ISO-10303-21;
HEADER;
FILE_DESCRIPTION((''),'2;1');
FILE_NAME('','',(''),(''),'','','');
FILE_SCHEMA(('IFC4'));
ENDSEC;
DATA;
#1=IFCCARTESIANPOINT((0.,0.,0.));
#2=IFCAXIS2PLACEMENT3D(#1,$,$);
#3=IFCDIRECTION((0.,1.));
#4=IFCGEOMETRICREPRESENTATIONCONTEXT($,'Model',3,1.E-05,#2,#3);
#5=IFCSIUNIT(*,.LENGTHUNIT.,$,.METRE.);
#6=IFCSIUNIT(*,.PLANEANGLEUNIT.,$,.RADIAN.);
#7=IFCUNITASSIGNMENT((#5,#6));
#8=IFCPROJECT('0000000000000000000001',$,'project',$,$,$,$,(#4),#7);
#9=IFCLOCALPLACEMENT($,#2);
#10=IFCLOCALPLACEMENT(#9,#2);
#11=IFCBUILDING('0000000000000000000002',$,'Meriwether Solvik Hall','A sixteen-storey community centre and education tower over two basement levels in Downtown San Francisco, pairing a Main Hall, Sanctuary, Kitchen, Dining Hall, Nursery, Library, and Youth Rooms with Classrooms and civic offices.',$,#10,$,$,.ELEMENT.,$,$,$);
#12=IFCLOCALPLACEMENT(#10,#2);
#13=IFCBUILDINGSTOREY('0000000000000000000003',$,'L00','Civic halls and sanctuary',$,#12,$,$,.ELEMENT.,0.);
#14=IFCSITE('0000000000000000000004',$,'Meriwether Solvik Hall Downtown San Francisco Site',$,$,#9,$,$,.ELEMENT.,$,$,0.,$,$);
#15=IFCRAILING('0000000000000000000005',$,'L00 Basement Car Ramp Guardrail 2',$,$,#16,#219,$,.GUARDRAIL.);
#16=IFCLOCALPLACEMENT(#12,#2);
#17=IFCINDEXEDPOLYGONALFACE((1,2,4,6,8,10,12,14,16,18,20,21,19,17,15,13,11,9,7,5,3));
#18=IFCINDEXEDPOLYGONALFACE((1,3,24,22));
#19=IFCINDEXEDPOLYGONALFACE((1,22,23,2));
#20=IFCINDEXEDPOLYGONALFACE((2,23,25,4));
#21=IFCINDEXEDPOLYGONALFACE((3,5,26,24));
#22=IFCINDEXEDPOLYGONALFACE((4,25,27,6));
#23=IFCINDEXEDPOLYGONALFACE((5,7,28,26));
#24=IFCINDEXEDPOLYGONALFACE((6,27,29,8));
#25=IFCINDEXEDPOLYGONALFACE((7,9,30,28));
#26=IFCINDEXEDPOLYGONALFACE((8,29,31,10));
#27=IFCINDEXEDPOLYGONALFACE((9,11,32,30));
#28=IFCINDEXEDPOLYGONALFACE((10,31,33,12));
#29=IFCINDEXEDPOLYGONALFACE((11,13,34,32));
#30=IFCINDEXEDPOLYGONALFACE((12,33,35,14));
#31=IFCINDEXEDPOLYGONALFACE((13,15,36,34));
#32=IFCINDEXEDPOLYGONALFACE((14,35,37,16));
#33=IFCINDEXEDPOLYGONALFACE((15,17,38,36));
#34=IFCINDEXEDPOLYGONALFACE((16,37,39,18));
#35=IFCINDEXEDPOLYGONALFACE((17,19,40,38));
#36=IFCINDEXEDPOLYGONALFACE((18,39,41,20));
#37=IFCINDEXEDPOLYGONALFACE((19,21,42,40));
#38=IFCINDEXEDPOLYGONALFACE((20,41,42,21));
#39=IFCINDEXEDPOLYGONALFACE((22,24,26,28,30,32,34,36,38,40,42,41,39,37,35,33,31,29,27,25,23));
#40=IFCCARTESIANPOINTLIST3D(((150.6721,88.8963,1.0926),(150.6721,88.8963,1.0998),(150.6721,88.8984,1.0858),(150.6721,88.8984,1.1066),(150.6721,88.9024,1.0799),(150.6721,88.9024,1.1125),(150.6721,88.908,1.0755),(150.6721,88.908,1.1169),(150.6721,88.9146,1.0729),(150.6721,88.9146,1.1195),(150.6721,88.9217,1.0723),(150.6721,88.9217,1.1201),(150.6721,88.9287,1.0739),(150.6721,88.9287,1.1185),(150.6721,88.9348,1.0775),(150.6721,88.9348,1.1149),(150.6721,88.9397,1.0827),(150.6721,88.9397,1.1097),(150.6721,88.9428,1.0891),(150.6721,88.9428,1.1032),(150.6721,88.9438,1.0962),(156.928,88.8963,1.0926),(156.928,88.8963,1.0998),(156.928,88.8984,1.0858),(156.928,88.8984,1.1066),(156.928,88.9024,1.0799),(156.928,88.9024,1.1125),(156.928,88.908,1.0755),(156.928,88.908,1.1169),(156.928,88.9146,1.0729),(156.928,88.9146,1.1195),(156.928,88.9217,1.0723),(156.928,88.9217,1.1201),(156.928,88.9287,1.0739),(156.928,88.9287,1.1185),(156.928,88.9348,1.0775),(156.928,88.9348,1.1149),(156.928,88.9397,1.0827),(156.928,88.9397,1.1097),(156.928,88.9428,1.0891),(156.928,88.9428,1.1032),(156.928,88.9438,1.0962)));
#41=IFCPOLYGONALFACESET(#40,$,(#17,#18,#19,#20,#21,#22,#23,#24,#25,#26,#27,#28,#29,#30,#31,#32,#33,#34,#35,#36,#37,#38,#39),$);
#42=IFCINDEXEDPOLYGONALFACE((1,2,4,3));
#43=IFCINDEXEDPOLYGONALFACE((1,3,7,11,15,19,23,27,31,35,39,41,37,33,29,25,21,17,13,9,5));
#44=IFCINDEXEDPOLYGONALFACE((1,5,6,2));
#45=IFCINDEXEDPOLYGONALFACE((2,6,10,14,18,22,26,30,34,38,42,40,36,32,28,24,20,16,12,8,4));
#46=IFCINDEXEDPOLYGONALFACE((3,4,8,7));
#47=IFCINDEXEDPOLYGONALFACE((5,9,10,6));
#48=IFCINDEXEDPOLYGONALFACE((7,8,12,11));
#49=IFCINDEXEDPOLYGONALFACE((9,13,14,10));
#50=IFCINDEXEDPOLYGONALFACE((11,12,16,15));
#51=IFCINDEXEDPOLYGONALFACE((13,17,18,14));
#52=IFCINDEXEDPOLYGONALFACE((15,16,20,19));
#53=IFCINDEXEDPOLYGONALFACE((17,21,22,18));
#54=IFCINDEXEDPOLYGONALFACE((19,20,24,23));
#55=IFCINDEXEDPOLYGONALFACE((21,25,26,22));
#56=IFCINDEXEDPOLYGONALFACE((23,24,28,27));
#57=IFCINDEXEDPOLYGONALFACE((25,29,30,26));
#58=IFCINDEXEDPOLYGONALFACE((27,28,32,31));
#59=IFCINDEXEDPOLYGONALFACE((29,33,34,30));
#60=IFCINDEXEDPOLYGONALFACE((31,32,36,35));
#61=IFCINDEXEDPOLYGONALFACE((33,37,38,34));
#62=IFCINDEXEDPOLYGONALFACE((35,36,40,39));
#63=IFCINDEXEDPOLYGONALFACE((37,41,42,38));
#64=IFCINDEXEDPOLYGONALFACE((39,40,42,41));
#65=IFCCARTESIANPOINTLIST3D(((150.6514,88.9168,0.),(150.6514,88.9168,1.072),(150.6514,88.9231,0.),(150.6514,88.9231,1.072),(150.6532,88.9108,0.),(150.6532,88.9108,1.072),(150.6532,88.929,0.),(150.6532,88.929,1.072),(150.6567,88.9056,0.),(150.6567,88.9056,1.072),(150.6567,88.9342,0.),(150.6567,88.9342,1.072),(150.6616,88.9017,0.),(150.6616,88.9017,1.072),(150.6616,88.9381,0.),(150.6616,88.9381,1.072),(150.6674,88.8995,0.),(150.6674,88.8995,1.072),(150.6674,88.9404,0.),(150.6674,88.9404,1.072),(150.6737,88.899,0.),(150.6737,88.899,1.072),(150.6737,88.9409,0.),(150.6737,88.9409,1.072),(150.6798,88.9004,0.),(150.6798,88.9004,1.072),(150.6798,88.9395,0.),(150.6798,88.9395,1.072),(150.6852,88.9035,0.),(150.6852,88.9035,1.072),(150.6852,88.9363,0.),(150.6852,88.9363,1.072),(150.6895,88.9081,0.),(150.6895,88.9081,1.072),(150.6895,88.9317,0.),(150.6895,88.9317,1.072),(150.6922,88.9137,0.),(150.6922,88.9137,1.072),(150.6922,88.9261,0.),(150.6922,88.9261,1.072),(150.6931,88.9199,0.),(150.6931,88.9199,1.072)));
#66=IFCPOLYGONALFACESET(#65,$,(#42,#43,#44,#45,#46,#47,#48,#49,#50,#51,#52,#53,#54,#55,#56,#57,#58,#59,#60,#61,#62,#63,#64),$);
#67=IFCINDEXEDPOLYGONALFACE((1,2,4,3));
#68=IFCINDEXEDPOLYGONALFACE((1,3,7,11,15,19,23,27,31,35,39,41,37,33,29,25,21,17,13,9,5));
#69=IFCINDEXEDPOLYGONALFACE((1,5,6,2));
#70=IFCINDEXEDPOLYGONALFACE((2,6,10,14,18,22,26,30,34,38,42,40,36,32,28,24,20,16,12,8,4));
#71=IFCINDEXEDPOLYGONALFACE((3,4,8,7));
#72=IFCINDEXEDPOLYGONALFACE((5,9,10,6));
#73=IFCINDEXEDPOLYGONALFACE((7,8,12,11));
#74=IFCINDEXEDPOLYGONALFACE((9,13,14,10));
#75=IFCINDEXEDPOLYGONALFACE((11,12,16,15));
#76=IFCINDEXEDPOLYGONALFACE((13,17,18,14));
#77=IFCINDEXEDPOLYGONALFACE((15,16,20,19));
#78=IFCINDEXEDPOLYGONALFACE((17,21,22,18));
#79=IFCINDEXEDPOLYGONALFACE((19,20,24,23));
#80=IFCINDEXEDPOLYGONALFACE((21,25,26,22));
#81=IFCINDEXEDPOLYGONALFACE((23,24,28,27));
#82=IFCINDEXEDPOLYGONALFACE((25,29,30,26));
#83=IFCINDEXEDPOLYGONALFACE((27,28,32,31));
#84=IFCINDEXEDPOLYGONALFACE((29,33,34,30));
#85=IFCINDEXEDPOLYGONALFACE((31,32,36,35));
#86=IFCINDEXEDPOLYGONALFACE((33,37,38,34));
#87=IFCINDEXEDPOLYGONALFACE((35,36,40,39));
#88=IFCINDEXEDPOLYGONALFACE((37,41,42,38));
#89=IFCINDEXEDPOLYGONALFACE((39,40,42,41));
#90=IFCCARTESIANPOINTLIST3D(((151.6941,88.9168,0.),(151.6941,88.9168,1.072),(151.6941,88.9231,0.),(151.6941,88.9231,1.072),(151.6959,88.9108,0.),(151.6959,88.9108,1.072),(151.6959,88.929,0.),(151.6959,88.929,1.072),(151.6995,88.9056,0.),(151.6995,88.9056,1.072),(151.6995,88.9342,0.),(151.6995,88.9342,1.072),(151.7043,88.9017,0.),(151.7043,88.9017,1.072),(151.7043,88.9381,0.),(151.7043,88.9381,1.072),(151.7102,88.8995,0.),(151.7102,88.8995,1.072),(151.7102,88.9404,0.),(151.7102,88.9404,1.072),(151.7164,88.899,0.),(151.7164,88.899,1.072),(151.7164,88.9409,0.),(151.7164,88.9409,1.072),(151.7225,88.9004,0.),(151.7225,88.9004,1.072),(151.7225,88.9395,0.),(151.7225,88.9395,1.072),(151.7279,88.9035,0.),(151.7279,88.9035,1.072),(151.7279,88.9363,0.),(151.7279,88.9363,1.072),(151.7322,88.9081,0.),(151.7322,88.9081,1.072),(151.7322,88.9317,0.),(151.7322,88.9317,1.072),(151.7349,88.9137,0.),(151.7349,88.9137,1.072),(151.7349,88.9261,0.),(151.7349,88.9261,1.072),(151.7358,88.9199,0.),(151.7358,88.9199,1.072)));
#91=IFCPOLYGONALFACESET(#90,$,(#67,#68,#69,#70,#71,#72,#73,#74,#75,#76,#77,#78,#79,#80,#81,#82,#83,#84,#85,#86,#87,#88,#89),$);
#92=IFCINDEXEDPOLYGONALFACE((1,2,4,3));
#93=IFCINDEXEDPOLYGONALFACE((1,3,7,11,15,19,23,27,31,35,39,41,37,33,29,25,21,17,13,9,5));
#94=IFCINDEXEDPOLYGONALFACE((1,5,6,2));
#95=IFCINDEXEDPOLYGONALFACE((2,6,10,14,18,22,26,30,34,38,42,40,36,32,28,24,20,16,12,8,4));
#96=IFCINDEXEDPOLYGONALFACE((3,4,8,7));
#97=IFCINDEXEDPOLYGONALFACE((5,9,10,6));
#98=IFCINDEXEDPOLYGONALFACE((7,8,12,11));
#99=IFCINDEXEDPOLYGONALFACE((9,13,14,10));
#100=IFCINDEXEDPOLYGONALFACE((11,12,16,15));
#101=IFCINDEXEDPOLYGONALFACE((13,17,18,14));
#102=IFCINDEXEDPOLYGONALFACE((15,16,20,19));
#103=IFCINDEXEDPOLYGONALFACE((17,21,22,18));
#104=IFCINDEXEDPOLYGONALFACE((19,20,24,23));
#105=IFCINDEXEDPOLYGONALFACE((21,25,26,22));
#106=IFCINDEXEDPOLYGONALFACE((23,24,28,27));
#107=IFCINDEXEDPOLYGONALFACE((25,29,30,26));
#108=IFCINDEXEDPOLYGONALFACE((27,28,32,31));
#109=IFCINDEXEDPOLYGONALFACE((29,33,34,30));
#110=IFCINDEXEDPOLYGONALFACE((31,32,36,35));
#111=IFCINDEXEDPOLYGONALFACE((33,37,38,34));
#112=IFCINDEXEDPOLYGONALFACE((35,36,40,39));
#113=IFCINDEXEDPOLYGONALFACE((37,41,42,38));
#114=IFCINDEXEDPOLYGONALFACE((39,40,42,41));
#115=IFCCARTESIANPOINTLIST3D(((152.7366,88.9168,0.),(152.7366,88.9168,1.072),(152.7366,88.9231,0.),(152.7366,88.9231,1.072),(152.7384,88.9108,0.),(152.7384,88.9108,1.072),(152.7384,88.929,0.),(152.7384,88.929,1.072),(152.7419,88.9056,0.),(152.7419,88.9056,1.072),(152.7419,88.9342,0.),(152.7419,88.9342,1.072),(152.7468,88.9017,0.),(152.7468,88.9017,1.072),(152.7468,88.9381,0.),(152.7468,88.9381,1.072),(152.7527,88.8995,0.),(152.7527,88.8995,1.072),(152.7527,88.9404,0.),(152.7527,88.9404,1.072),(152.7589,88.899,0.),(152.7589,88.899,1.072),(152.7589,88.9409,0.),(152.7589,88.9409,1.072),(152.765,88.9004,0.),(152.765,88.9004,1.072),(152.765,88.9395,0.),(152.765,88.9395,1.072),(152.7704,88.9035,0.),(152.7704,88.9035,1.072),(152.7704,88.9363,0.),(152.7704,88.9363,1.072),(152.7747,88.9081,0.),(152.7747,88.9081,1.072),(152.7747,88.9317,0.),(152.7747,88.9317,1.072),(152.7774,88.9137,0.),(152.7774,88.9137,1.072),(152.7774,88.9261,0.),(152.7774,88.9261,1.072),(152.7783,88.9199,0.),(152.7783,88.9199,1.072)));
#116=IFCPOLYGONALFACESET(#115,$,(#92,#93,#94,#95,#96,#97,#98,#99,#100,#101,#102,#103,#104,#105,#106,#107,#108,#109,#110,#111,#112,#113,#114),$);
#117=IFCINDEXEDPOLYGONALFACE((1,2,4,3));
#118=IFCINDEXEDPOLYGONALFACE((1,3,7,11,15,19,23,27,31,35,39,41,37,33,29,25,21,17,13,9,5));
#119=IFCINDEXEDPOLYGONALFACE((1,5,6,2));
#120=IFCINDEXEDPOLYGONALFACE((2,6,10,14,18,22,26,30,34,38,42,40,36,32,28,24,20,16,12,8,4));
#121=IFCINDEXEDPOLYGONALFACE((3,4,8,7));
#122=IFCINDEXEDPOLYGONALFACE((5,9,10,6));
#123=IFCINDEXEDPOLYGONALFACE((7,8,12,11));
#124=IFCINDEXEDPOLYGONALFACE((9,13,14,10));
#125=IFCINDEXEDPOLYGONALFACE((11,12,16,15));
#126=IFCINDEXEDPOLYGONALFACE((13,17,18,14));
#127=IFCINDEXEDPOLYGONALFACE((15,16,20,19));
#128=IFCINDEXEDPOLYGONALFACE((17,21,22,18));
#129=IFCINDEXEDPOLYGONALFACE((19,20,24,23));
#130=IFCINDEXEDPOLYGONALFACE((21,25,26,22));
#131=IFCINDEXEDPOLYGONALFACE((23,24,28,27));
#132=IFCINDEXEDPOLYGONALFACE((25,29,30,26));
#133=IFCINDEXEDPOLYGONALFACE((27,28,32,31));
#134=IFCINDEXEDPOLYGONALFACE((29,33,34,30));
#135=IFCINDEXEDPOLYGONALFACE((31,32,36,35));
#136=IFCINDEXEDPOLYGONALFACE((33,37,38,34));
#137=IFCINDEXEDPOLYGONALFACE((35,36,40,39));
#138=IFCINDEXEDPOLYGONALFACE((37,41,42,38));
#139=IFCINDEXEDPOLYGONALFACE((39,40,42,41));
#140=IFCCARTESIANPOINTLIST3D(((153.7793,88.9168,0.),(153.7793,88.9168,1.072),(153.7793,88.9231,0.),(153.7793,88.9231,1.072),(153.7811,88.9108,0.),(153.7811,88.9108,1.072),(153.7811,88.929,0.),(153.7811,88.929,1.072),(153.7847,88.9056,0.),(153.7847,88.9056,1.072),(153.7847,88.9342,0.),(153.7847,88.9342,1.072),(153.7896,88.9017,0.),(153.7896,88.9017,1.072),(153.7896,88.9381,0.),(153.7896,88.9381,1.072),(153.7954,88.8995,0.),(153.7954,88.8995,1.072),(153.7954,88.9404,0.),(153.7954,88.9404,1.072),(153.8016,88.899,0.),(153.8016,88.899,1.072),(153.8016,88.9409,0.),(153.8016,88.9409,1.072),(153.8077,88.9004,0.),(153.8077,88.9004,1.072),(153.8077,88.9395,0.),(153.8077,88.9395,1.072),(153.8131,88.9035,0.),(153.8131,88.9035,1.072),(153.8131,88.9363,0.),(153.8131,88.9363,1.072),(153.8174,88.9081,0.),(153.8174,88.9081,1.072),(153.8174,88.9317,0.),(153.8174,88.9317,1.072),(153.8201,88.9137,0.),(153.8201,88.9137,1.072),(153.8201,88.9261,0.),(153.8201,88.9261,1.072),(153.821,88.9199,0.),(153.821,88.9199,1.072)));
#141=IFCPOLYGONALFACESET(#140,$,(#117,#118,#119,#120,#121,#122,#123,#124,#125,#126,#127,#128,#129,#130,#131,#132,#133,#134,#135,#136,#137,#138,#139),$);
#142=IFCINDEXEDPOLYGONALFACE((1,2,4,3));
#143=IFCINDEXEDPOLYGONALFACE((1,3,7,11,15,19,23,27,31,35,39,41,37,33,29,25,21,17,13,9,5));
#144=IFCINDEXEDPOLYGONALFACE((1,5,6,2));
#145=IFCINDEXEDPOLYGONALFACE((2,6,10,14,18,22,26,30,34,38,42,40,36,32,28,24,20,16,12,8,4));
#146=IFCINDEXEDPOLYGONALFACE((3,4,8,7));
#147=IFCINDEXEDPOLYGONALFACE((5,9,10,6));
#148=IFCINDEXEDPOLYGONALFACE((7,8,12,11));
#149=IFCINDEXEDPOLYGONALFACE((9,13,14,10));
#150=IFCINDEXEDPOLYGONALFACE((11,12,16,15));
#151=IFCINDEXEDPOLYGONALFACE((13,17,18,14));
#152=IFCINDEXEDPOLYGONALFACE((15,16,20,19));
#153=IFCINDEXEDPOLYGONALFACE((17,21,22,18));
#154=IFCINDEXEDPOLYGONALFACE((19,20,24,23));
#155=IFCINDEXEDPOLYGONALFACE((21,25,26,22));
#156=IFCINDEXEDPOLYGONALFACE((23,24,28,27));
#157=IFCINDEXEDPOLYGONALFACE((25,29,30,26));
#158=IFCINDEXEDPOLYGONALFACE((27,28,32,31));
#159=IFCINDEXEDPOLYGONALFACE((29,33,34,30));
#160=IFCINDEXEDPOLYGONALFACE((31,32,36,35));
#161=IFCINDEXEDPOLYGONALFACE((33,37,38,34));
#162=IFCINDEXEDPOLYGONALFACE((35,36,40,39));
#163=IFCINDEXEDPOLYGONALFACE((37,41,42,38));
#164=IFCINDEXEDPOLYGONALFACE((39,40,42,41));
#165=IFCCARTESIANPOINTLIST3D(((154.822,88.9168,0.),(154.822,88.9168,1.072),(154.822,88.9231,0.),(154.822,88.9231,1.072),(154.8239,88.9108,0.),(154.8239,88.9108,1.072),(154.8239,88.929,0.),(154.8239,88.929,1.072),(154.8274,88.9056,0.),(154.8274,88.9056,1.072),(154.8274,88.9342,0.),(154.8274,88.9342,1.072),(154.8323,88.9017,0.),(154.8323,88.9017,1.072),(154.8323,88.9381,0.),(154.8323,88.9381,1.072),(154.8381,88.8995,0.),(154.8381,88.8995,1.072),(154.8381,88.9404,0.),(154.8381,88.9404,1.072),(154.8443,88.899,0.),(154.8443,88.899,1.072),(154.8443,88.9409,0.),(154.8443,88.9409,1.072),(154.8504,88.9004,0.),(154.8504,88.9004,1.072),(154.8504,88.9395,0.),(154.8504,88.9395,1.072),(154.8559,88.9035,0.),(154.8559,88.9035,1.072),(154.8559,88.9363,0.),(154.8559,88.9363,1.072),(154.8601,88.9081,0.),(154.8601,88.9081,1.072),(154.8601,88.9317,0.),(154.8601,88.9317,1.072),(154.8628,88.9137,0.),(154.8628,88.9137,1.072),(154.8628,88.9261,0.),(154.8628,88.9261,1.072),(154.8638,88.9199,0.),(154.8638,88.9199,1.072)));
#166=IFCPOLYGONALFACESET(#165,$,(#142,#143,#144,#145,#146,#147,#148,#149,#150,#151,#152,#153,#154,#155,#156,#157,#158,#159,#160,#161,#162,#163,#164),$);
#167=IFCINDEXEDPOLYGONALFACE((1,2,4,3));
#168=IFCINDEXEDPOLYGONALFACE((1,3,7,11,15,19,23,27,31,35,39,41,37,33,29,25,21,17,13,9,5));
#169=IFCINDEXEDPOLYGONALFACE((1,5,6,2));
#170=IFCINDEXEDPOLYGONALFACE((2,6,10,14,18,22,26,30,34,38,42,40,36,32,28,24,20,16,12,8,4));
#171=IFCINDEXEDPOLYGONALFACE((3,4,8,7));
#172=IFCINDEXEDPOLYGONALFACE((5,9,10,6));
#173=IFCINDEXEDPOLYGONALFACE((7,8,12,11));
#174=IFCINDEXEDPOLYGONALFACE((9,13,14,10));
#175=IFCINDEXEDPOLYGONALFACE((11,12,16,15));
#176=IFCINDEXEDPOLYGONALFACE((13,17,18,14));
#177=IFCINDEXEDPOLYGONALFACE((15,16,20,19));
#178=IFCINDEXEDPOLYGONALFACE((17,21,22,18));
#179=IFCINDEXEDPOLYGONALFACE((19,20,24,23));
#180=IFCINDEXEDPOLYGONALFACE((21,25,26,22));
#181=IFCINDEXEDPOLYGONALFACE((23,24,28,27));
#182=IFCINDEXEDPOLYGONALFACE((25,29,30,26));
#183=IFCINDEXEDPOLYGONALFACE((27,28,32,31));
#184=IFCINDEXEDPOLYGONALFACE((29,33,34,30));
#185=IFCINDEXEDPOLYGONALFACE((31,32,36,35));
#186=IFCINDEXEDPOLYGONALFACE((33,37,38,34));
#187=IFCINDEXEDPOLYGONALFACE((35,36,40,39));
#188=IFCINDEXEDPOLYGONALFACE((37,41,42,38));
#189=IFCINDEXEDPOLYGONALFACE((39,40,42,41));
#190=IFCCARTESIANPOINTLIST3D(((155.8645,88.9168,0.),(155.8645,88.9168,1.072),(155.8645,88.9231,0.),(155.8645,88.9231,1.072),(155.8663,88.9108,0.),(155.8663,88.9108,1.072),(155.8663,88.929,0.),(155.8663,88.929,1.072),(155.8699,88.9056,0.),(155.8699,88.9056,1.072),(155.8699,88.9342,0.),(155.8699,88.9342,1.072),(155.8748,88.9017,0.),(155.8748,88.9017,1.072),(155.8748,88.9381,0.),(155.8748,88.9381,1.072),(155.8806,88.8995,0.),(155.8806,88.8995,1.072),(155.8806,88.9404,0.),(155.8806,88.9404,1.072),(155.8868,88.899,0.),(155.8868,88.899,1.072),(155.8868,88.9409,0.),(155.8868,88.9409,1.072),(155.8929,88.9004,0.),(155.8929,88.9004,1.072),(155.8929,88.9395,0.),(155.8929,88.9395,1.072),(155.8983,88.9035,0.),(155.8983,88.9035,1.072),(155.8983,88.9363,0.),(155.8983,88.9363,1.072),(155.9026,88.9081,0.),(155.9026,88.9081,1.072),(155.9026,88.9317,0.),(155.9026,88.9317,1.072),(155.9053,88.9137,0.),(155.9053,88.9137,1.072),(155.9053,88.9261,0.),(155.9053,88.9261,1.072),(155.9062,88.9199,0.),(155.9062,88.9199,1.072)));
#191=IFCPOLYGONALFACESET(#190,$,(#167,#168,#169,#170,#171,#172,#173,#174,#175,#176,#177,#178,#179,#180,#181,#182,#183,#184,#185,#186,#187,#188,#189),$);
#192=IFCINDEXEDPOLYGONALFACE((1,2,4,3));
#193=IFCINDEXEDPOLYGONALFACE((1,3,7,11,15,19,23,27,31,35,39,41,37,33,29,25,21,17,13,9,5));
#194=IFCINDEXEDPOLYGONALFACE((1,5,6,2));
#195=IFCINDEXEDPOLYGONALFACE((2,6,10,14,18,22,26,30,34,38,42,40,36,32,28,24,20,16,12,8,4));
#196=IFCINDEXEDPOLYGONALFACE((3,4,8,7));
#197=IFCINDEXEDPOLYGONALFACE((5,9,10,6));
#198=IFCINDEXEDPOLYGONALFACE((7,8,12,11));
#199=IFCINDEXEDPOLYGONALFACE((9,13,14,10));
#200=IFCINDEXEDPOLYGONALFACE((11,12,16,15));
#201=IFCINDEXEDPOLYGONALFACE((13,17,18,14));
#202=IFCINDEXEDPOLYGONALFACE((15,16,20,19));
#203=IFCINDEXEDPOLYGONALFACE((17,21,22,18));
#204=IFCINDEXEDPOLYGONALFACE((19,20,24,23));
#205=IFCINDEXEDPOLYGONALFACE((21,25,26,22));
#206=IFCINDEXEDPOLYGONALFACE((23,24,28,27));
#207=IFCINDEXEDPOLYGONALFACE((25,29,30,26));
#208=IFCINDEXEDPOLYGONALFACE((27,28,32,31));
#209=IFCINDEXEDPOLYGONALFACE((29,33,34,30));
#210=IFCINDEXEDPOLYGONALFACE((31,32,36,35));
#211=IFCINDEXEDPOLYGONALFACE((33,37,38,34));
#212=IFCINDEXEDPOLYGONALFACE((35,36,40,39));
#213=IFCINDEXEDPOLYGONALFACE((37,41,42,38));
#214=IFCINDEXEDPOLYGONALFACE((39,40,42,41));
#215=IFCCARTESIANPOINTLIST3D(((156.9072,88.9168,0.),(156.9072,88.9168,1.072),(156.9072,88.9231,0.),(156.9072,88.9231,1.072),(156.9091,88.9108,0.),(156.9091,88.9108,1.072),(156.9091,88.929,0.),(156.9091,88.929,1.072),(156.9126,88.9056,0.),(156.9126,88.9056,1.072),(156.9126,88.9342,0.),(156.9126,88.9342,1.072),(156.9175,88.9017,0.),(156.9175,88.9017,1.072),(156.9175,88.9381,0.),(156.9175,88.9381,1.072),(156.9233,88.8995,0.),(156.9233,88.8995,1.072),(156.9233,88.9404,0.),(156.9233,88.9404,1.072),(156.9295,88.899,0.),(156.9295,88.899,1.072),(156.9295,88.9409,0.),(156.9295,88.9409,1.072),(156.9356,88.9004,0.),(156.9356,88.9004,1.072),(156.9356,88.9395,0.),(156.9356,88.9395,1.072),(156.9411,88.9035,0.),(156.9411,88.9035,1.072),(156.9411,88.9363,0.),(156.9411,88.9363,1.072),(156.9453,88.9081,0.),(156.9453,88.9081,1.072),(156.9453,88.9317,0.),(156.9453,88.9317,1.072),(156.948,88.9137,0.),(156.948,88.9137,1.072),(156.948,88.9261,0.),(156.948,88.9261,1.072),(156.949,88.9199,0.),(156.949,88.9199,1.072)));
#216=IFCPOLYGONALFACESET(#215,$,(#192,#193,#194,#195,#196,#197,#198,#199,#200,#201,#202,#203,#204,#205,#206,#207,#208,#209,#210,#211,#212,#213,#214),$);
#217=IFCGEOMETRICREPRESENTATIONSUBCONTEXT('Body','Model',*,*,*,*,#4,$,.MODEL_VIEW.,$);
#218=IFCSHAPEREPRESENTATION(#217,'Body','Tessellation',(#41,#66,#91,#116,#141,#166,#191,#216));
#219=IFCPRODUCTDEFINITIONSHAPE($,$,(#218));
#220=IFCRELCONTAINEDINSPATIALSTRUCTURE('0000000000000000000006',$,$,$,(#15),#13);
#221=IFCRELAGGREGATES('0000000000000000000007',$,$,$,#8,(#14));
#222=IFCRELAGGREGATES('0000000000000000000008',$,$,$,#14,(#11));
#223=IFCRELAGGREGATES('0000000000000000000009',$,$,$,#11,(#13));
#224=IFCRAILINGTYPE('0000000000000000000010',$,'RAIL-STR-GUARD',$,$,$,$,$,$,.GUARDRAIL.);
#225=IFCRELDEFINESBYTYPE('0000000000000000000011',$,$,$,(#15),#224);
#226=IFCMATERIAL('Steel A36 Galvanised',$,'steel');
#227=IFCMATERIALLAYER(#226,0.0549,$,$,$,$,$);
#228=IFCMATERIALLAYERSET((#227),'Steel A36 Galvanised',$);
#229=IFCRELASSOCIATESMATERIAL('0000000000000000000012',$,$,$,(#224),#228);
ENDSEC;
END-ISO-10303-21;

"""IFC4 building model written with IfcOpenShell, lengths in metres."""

from ifc_helpers import new_model, si_unit, direction, frame, origin, origin_2d, place, context, subcontext, project, spatial, circle, extrude, material, layer, layer_set, type_object, element, save


model = new_model("IFC4")

# Units and contexts
model_context = context("Model", 3, precision=1e-05, world=origin(), true_north=direction((0.0, 1.0)))
body_context = subcontext(model_context, "Body", "Model", "MODEL_VIEW")
ifc_project = project(units=[si_unit("LENGTHUNIT", "METRE"), si_unit("PLANEANGLEUNIT", "RADIAN")], contexts=[model_context])

# Site, building, storey
site_placement = place(None, origin())
site = spatial("IfcSite", under=ifc_project, at=site_placement, Name="Meriwether Solvik Hall Downtown San Francisco Site", CompositionType="ELEMENT", RefElevation=0.0)
building_placement = place(site_placement, origin())
building = spatial("IfcBuilding", under=site, at=building_placement, Name="Meriwether Solvik Hall", Description="A sixteen-storey community centre and education tower over two basement levels in Downtown San Francisco, pairing a Main Hall, Sanctuary, Kitchen, Dining Hall, Nursery, Library, and Youth Rooms with Classrooms and civic offices.", CompositionType="ELEMENT")
storey_placement = place(building_placement, origin())
storey = spatial("IfcBuildingStorey", under=building, at=storey_placement, Name="L00", Description="Civic halls and sanctuary", CompositionType="ELEMENT", Elevation=0.0)

# Railing
ifc_material_1 = material(Name="Steel A36 Galvanised", Category="steel")
ifc_layer_1 = layer(ifc_material_1, 0.0549)
ifc_layer_set_1 = layer_set([ifc_layer_1], Name="Steel A36 Galvanised")
railing_type = type_object("IfcRailingType", Name="RAIL-STR-GUARD", PredefinedType="GUARDRAIL", material=ifc_layer_set_1)
railing_1_placement = place(storey_placement, frame((150.6721, 88.9199, 0.0)))
element("IfcRailing", 1, at=railing_1_placement, inside=storey, type_object=railing_type, Name="L00 Basement Car Ramp Guardrail 2", PredefinedType="GUARDRAIL", context=body_context, shape_type="SweptSolid", body=[
    extrude(circle(Radius=0.0239, at=origin_2d()), frame((0.0, 0.0, 1.0962), z_axis=(1.0, 0.0, 0.0), x_axis=(0.0, 1.0, 0.0)), (0.0, 0.0, 1.0), 6.2559),
    extrude(circle(Radius=0.021, at=origin_2d()), origin(), (0.0, 0.0, 1.0), 1.072),
    extrude(circle(Radius=0.021, at=origin_2d()), frame((1.0427, 0.0, 0.0)), (0.0, 0.0, 1.0), 1.072),
    extrude(circle(Radius=0.021, at=origin_2d()), frame((2.0852, 0.0, 0.0)), (0.0, 0.0, 1.0), 1.072),
    extrude(circle(Radius=0.021, at=origin_2d()), frame((3.1279, 0.0, 0.0)), (0.0, 0.0, 1.0), 1.072),
    extrude(circle(Radius=0.021, at=origin_2d()), frame((4.1707, 0.0, 0.0)), (0.0, 0.0, 1.0), 1.072),
    extrude(circle(Radius=0.021, at=origin_2d()), frame((5.2131, 0.0, 0.0)), (0.0, 0.0, 1.0), 1.072),
    extrude(circle(Radius=0.021, at=origin_2d()), frame((6.2559, 0.0, 0.0)), (0.0, 0.0, 1.0), 1.072),
])

save(model, "model.ifc")
